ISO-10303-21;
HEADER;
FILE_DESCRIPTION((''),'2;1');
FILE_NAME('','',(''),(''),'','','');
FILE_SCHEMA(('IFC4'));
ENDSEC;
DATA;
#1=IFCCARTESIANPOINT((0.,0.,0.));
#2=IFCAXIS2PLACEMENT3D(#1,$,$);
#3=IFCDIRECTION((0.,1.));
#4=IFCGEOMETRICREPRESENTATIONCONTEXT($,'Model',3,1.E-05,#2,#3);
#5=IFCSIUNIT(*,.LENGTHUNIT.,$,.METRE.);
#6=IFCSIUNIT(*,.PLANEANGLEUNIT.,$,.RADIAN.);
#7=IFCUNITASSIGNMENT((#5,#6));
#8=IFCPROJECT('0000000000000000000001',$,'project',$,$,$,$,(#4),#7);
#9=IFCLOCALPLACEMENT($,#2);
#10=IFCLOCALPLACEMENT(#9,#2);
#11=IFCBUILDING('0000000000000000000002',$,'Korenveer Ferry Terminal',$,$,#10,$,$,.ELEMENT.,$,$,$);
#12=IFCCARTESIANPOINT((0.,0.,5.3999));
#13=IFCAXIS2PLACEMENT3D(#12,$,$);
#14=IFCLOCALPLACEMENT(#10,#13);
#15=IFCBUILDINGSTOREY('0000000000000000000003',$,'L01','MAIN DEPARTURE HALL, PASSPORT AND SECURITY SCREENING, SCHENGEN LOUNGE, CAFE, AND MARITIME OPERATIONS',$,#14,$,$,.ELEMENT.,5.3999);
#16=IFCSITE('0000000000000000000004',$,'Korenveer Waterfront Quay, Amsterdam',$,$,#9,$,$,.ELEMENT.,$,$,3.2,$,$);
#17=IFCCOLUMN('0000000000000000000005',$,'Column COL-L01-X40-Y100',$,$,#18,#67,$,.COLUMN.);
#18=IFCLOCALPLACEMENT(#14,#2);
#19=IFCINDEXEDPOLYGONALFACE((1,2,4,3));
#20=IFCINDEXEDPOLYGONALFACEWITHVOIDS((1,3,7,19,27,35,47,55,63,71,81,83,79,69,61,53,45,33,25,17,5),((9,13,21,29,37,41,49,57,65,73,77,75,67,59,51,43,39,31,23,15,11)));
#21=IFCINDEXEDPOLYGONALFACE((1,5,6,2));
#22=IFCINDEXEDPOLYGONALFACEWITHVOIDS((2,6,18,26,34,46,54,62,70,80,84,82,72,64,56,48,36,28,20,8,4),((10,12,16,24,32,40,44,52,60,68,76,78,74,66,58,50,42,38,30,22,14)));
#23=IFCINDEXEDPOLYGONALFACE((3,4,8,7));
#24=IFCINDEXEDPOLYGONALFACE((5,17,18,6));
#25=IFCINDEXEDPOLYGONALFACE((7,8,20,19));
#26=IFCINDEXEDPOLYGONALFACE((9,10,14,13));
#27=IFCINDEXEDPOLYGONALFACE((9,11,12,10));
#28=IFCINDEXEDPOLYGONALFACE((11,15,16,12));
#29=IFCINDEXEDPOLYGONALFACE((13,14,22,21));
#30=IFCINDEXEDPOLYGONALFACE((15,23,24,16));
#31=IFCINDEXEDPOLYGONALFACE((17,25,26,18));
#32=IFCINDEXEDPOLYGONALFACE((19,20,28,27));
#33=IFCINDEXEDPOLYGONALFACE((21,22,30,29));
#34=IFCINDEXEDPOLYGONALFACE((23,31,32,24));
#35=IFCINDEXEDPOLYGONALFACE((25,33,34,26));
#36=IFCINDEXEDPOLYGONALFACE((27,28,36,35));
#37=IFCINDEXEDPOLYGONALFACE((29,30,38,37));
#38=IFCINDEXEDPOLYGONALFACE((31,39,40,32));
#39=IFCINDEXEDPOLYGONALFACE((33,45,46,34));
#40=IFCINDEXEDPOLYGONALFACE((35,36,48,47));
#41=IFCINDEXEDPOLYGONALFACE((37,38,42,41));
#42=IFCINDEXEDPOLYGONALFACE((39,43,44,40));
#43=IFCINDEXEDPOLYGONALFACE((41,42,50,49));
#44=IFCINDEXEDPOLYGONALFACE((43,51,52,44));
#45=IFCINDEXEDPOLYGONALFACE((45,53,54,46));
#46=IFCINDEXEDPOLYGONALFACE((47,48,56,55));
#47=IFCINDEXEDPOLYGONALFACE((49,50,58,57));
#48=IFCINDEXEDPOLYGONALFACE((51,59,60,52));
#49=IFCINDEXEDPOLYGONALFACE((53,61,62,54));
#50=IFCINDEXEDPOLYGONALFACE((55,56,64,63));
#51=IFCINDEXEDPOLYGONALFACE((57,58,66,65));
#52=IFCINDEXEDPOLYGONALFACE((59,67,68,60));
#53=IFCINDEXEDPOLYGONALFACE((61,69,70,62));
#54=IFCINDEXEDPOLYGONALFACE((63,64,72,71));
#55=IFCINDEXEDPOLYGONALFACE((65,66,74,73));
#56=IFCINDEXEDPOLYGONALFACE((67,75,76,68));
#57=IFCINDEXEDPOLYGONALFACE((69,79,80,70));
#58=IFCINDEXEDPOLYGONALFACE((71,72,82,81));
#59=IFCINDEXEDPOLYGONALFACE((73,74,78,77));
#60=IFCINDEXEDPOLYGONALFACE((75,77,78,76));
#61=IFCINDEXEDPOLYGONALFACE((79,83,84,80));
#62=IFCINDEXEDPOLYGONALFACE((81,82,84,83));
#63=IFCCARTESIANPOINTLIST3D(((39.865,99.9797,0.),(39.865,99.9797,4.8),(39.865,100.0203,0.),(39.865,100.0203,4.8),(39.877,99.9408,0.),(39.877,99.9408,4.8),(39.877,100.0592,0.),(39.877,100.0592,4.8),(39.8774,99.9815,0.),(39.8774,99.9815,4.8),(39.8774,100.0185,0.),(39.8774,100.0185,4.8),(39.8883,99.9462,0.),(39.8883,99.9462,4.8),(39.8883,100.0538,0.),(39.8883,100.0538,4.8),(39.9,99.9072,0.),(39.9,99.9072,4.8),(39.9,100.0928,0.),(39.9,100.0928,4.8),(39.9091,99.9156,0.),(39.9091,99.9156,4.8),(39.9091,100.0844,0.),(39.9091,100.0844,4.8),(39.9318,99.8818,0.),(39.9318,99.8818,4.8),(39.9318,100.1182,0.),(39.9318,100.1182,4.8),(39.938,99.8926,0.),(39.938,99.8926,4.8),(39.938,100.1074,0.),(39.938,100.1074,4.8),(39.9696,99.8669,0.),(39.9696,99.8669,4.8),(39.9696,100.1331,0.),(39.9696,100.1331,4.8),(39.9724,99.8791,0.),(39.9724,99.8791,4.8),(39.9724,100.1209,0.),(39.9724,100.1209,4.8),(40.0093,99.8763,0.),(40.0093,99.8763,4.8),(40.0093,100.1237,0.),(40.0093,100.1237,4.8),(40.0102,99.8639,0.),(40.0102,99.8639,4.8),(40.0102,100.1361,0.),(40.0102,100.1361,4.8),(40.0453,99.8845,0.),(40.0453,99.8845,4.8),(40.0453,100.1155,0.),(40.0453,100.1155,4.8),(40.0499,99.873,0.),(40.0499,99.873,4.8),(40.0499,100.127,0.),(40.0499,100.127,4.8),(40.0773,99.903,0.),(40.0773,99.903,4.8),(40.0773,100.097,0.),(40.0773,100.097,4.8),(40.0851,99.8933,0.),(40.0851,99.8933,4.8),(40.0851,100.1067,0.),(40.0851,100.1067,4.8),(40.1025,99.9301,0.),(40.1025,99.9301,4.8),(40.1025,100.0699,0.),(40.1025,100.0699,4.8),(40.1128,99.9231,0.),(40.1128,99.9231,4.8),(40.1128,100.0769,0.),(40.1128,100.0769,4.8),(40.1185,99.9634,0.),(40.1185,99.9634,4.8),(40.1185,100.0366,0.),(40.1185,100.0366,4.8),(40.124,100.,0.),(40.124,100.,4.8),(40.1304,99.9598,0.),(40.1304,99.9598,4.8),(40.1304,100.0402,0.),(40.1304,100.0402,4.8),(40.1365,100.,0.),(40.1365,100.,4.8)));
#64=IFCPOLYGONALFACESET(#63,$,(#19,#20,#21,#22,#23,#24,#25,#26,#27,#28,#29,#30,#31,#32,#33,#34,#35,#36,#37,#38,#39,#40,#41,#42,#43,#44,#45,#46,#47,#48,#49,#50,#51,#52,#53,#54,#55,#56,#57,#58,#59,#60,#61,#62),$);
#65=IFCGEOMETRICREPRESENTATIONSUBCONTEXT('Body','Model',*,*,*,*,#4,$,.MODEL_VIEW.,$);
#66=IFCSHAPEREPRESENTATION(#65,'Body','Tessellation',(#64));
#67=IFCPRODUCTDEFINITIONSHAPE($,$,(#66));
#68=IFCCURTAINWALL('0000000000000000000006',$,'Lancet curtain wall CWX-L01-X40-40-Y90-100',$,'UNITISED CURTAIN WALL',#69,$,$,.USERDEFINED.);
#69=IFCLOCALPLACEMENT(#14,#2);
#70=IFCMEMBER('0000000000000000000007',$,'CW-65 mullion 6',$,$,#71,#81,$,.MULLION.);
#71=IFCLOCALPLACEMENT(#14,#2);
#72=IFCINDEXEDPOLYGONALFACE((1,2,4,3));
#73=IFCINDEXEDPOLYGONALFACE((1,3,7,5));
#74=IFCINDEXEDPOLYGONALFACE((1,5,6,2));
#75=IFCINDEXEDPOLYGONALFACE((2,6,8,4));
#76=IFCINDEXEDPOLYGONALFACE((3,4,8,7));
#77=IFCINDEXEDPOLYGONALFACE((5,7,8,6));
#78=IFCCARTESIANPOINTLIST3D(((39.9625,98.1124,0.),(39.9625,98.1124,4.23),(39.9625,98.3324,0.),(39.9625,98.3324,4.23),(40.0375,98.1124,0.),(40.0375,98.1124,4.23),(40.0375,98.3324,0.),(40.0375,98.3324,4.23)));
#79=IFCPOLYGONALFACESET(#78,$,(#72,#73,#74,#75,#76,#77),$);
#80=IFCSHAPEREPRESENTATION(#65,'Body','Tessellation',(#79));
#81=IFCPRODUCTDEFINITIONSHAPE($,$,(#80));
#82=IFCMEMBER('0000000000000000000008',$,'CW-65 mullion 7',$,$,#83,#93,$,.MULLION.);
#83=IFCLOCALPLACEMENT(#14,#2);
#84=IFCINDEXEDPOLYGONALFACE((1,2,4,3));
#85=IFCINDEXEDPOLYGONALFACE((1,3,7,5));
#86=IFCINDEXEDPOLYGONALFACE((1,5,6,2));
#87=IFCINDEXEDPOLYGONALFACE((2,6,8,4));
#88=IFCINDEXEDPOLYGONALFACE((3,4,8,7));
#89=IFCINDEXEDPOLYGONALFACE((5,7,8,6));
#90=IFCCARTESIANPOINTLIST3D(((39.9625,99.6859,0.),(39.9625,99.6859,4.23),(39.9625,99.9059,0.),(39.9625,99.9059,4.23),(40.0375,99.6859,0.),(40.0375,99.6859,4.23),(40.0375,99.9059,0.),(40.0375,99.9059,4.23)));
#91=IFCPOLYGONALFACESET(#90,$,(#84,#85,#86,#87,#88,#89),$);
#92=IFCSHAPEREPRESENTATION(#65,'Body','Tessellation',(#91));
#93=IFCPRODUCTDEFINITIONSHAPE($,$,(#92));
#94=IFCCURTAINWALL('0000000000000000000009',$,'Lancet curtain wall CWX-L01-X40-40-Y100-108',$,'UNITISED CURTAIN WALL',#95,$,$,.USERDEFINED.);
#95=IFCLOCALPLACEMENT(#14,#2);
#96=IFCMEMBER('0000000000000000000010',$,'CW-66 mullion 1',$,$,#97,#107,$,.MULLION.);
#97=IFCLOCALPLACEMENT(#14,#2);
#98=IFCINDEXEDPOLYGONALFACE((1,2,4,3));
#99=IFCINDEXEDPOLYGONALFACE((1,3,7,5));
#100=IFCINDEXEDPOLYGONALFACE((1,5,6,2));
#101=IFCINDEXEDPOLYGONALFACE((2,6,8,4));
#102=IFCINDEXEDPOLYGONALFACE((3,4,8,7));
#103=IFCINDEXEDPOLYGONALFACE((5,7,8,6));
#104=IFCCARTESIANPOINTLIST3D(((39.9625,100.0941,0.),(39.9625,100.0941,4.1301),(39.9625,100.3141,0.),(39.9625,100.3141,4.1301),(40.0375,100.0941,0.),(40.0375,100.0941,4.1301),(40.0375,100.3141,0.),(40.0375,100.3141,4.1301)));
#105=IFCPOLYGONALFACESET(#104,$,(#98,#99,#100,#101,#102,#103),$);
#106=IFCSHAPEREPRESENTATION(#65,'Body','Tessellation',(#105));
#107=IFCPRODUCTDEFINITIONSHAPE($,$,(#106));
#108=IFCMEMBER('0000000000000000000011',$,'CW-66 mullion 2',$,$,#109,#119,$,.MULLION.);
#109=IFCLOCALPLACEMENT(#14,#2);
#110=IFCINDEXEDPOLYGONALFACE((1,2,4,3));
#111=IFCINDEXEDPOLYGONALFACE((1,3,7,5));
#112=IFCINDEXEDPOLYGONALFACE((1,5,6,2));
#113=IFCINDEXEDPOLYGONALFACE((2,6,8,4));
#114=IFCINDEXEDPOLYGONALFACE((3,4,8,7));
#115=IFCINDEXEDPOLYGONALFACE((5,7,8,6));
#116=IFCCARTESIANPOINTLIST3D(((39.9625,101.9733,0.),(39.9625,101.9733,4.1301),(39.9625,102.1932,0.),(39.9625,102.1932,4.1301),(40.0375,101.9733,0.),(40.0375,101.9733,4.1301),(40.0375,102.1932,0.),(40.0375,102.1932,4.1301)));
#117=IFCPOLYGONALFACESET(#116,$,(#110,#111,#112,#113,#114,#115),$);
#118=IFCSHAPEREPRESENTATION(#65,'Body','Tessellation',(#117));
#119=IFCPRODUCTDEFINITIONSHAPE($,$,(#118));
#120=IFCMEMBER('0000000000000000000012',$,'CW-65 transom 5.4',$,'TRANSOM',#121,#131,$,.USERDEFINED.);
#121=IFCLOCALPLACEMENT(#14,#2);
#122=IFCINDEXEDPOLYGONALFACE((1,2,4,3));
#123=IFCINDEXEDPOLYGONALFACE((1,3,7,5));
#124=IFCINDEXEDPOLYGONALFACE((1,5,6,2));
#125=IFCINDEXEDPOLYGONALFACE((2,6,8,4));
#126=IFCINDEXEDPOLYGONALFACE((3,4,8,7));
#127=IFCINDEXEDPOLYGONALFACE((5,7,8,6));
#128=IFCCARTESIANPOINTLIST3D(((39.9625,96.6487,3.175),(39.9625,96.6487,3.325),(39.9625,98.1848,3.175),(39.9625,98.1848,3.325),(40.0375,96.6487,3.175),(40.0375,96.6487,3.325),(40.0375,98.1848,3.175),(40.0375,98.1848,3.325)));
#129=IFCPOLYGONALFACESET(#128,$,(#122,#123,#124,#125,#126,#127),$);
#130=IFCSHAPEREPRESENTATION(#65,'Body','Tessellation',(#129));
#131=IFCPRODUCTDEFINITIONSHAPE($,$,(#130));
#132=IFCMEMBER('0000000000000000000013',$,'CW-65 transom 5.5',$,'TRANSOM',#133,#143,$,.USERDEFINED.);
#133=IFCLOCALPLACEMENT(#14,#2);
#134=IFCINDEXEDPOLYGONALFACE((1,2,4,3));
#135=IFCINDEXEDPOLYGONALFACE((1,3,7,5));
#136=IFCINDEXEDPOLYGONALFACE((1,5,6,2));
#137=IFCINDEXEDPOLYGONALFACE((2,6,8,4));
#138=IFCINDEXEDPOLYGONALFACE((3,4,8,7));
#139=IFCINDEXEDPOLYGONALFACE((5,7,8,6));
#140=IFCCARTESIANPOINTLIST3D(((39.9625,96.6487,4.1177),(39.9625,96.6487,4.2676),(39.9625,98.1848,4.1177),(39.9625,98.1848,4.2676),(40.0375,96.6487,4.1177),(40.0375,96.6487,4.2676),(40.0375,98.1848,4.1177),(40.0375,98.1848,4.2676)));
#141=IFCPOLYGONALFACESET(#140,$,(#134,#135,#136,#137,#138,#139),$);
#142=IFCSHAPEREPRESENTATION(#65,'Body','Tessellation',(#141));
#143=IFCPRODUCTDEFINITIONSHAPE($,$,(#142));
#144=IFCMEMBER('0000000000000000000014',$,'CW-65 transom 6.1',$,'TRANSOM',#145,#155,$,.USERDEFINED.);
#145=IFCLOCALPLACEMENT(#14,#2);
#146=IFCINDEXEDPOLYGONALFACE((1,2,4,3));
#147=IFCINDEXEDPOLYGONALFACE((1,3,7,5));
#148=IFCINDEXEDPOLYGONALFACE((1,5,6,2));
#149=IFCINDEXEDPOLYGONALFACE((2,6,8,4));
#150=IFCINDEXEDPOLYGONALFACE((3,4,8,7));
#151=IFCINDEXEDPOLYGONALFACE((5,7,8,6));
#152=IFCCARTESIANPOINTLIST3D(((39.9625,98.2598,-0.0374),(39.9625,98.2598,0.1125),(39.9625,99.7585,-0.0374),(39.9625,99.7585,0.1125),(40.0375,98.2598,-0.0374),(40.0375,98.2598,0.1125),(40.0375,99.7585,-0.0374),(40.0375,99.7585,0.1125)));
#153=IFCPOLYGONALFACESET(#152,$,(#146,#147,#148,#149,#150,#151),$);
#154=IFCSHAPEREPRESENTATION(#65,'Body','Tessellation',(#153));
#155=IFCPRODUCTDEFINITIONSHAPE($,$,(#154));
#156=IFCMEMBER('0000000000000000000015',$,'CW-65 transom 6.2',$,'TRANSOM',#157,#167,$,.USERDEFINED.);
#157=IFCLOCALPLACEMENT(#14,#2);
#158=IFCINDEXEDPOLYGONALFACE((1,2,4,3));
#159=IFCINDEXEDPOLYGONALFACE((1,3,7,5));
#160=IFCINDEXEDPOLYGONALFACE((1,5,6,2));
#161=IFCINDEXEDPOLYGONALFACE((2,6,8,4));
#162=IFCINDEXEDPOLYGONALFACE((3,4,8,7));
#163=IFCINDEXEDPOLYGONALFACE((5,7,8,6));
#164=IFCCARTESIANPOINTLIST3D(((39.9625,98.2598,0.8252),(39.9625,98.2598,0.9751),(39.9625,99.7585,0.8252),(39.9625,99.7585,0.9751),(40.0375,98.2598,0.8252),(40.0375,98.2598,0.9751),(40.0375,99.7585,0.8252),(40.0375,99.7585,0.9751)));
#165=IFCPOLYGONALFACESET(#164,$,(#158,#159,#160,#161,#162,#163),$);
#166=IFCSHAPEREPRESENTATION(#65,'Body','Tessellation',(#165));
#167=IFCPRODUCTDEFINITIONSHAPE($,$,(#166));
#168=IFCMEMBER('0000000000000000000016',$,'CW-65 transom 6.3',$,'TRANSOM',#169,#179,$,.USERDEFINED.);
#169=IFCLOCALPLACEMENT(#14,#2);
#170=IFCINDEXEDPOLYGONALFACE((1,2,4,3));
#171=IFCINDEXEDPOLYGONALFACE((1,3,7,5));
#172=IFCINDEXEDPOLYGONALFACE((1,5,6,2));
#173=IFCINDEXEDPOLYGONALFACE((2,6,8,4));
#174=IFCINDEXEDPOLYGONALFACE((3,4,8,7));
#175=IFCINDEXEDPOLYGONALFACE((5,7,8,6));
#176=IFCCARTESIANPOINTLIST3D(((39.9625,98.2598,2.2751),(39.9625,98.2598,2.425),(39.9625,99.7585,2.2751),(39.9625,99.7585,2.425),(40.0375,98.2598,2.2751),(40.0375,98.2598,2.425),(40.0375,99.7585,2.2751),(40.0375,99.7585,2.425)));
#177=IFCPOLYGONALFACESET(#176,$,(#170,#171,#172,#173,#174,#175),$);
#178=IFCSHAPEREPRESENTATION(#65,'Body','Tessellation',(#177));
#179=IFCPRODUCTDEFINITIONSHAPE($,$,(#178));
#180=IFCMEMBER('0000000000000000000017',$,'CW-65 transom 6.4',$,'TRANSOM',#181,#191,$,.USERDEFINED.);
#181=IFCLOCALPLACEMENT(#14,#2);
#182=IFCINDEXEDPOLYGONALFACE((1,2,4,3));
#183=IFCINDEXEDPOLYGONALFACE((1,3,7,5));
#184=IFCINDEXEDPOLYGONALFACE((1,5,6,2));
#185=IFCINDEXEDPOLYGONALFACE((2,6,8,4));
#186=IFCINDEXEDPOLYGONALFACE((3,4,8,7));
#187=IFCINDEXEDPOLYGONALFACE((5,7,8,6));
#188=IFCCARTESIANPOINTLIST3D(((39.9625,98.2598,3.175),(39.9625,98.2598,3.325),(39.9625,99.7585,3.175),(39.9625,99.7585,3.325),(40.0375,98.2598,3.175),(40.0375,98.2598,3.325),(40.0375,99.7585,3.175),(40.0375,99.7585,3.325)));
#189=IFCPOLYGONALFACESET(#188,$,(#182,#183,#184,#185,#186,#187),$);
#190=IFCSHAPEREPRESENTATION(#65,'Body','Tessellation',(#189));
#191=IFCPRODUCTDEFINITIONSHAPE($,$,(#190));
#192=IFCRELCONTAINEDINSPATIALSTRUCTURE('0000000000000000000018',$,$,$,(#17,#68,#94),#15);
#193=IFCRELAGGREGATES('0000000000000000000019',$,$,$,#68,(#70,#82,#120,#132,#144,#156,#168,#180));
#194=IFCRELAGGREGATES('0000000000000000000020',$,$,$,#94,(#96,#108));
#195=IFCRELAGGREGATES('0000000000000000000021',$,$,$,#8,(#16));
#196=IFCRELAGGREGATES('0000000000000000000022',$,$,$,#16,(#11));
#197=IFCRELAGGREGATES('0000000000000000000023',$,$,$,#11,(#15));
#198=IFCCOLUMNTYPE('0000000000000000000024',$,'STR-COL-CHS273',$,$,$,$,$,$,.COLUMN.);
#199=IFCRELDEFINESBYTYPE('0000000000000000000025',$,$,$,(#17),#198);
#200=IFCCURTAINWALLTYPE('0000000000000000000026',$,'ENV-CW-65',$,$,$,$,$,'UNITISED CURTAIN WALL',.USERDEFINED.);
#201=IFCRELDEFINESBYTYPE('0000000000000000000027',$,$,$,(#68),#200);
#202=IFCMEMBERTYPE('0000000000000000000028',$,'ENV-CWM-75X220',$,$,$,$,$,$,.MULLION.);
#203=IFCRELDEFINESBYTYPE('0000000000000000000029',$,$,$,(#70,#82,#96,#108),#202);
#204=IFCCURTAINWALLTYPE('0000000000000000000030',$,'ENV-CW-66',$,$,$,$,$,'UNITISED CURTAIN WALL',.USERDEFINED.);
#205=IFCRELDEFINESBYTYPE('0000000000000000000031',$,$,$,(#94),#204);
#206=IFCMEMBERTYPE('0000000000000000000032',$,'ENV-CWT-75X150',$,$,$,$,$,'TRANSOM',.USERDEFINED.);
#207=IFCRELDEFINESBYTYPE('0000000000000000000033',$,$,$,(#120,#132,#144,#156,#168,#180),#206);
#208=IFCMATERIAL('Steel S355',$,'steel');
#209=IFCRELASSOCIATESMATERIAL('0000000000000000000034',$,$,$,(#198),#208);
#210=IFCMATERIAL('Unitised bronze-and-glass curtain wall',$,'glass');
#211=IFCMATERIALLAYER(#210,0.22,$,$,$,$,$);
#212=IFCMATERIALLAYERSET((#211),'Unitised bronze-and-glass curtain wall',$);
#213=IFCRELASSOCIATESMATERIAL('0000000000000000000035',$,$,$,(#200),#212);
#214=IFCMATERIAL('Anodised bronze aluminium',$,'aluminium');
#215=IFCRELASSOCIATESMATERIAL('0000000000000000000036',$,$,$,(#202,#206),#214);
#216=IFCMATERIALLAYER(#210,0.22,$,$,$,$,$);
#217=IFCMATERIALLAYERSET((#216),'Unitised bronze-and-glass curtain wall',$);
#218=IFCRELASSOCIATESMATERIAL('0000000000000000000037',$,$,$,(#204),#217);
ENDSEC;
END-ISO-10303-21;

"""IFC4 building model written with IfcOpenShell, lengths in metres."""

from ifc_helpers import new_model, si_unit, direction, frame, origin, origin_2d, place, context, subcontext, project, spatial, rectangle, hollow_circle, extrude, material, layer, layer_set, material_profile, profile_set, type_object, element, aggregate, save


model = new_model("IFC4")

# Units and contexts
model_context = context("Model", 3, precision=1e-05, world=origin(), true_north=direction((0.0, 1.0)))
body_context = subcontext(model_context, "Body", "Model", "MODEL_VIEW")
ifc_project = project(units=[si_unit("LENGTHUNIT", "METRE"), si_unit("PLANEANGLEUNIT", "RADIAN")], contexts=[model_context])

# Site, building, storey
site_placement = place(None, origin())
site = spatial("IfcSite", under=ifc_project, at=site_placement, Name="Korenveer Waterfront Quay, Amsterdam", CompositionType="ELEMENT", RefElevation=3.2)
building_placement = place(site_placement, origin())
building = spatial("IfcBuilding", under=site, at=building_placement, Name="Korenveer Ferry Terminal", CompositionType="ELEMENT")
storey_placement = place(building_placement, frame((0.0, 0.0, 5.3999)))
storey = spatial("IfcBuildingStorey", under=building, at=storey_placement, Name="L01", Description="MAIN DEPARTURE HALL, PASSPORT AND SECURITY SCREENING, SCHENGEN LOUNGE, CAFE, AND MARITIME OPERATIONS", CompositionType="ELEMENT", Elevation=5.3999)

# Column
ifc_material_1 = material(Name="Steel S355", Category="steel")
ifc_material_profile_1 = material_profile(ifc_material_1, hollow_circle(Radius=0.1365, WallThickness=0.0125, at=origin_2d()), Name="CHS 273x12.5")
ifc_profile_set_1 = profile_set([ifc_material_profile_1], Name="Steel S355")
column_type = type_object("IfcColumnType", Name="STR-COL-CHS273", PredefinedType="COLUMN", material=ifc_profile_set_1)
column_placement = place(storey_placement, frame((40.0, 100.0, 0.0), z_axis=(0.0, 0.0, 1.0), x_axis=(1.0, 0.0, 0.0)))
element("IfcColumn", 1, at=column_placement, inside=storey, type_object=column_type, Name="Column COL-L01-X40-Y100", PredefinedType="COLUMN", context=body_context, shape_type="SweptSolid", body=[
    extrude(hollow_circle(Radius=0.1365, WallThickness=0.0125, at=origin_2d()), origin(), (0.0, 0.0, 1.0), 4.8),
])

# Curtain walls, members
ifc_material_2 = material(Name="Unitised bronze-and-glass curtain wall", Category="glass")
ifc_layer_1 = layer(ifc_material_2, 0.22)
ifc_layer_set_1 = layer_set([ifc_layer_1], Name="Unitised bronze-and-glass curtain wall")
curtain_wall_type_1 = type_object("IfcCurtainWallType", Name="ENV-CW-65", ElementType="UNITISED CURTAIN WALL", PredefinedType="USERDEFINED", material=ifc_layer_set_1)
curtain_wall_1_placement = place(storey_placement, frame((40.0, 90.1665, 0.0)))
curtain_wall_1 = element("IfcCurtainWall", 2, at=curtain_wall_1_placement, inside=storey, type_object=curtain_wall_type_1, Name="Lancet curtain wall CWX-L01-X40-40-Y90-100", ObjectType="UNITISED CURTAIN WALL", PredefinedType="USERDEFINED")
ifc_material_3 = material(Name="Anodised bronze aluminium", Category="aluminium")
ifc_material_profile_2 = material_profile(ifc_material_3, rectangle(XDim=0.075, YDim=0.22, at=origin_2d()), Name="ALU 75x220")
ifc_profile_set_2 = profile_set([ifc_material_profile_2], Name="Anodised bronze aluminium")
member_type_1 = type_object("IfcMemberType", Name="ENV-CWM-75X220", PredefinedType="MULLION", material=ifc_profile_set_2)
member_1_placement = place(storey_placement, frame((40.0, 98.2224, 0.0), z_axis=(0.0, 0.0, 1.0), x_axis=(-1.0, 0.0, 0.0)))
member_1 = element("IfcMember", 3, at=member_1_placement, type_object=member_type_1, Name="CW-65 mullion 6", PredefinedType="MULLION", context=body_context, shape_type="SweptSolid", body=[
    extrude(rectangle(XDim=0.075, YDim=0.22, at=origin_2d()), origin(), (0.0, 0.0, 1.0), 4.23),
])
member_2_placement = place(storey_placement, frame((40.0, 99.7959, 0.0), z_axis=(0.0, 0.0, 1.0), x_axis=(-1.0, 0.0, 0.0)))
member_2 = element("IfcMember", 4, at=member_2_placement, type_object=member_type_1, Name="CW-65 mullion 7", PredefinedType="MULLION", context=body_context, shape_type="SweptSolid", body=[
    extrude(rectangle(XDim=0.075, YDim=0.22, at=origin_2d()), origin(), (0.0, 0.0, 1.0), 4.23),
])
ifc_layer_2 = layer(ifc_material_2, 0.22)
ifc_layer_set_2 = layer_set([ifc_layer_2], Name="Unitised bronze-and-glass curtain wall")
curtain_wall_type_2 = type_object("IfcCurtainWallType", Name="ENV-CW-66", ElementType="UNITISED CURTAIN WALL", PredefinedType="USERDEFINED", material=ifc_layer_set_2)
curtain_wall_2_placement = place(storey_placement, frame((40.0, 100.1665, 0.0)))
curtain_wall_2 = element("IfcCurtainWall", 5, at=curtain_wall_2_placement, inside=storey, type_object=curtain_wall_type_2, Name="Lancet curtain wall CWX-L01-X40-40-Y100-108", ObjectType="UNITISED CURTAIN WALL", PredefinedType="USERDEFINED")
member_3_placement = place(storey_placement, frame((40.0, 100.2041, 0.0), z_axis=(0.0, 0.0, 1.0), x_axis=(-1.0, 0.0, 0.0)))
member_3 = element("IfcMember", 6, at=member_3_placement, type_object=member_type_1, Name="CW-66 mullion 1", PredefinedType="MULLION", context=body_context, shape_type="SweptSolid", body=[
    extrude(rectangle(XDim=0.075, YDim=0.22, at=origin_2d()), origin(), (0.0, 0.0, 1.0), 4.1301),
])
member_4_placement = place(storey_placement, frame((40.0, 102.0833, 0.0), z_axis=(0.0, 0.0, 1.0), x_axis=(-1.0, 0.0, 0.0)))
member_4 = element("IfcMember", 7, at=member_4_placement, type_object=member_type_1, Name="CW-66 mullion 2", PredefinedType="MULLION", context=body_context, shape_type="SweptSolid", body=[
    extrude(rectangle(XDim=0.075, YDim=0.22, at=origin_2d()), origin(), (0.0, 0.0, 1.0), 4.1301),
])

# Members
ifc_material_profile_3 = material_profile(ifc_material_3, rectangle(XDim=0.075, YDim=0.1499, at=origin_2d()), Name="ALU 75x150")
ifc_profile_set_3 = profile_set([ifc_material_profile_3], Name="Anodised bronze aluminium")
member_type_2 = type_object("IfcMemberType", Name="ENV-CWT-75X150", ElementType="TRANSOM", PredefinedType="USERDEFINED", material=ifc_profile_set_3)
member_5_placement = place(storey_placement, frame((40.0, 96.6487, 3.25), z_axis=(0.0, 1.0, 0.0), x_axis=(-1.0, 0.0, 0.0)))
member_5 = element("IfcMember", 8, at=member_5_placement, type_object=member_type_2, Name="CW-65 transom 5.4", ObjectType="TRANSOM", PredefinedType="USERDEFINED", context=body_context, shape_type="SweptSolid", body=[
    extrude(rectangle(XDim=0.075, YDim=0.1499, at=origin_2d()), origin(), (0.0, 0.0, 1.0), 1.5361),
])
member_6_placement = place(storey_placement, frame((40.0, 96.6487, 4.1926), z_axis=(0.0, 1.0, 0.0), x_axis=(-1.0, 0.0, 0.0)))
member_6 = element("IfcMember", 9, at=member_6_placement, type_object=member_type_2, Name="CW-65 transom 5.5", ObjectType="TRANSOM", PredefinedType="USERDEFINED", context=body_context, shape_type="SweptSolid", body=[
    extrude(rectangle(XDim=0.075, YDim=0.1499, at=origin_2d()), origin(), (0.0, 0.0, 1.0), 1.5361),
])
member_7_placement = place(storey_placement, frame((40.0, 98.2598, 0.0376), z_axis=(0.0, 1.0, 0.0), x_axis=(-1.0, 0.0, 0.0)))
member_7 = element("IfcMember", 10, at=member_7_placement, type_object=member_type_2, Name="CW-65 transom 6.1", ObjectType="TRANSOM", PredefinedType="USERDEFINED", context=body_context, shape_type="SweptSolid", body=[
    extrude(rectangle(XDim=0.075, YDim=0.1499, at=origin_2d()), origin(), (0.0, 0.0, 1.0), 1.4988),
])
member_8_placement = place(storey_placement, frame((40.0, 98.2598, 0.9001), z_axis=(0.0, 1.0, 0.0), x_axis=(-1.0, 0.0, 0.0)))
member_8 = element("IfcMember", 11, at=member_8_placement, type_object=member_type_2, Name="CW-65 transom 6.2", ObjectType="TRANSOM", PredefinedType="USERDEFINED", context=body_context, shape_type="SweptSolid", body=[
    extrude(rectangle(XDim=0.075, YDim=0.1499, at=origin_2d()), origin(), (0.0, 0.0, 1.0), 1.4988),
])
member_9_placement = place(storey_placement, frame((40.0, 98.2598, 2.3501), z_axis=(0.0, 1.0, 0.0), x_axis=(-1.0, 0.0, 0.0)))
member_9 = element("IfcMember", 12, at=member_9_placement, type_object=member_type_2, Name="CW-65 transom 6.3", ObjectType="TRANSOM", PredefinedType="USERDEFINED", context=body_context, shape_type="SweptSolid", body=[
    extrude(rectangle(XDim=0.075, YDim=0.1499, at=origin_2d()), origin(), (0.0, 0.0, 1.0), 1.4988),
])
member_10_placement = place(storey_placement, frame((40.0, 98.2598, 3.25), z_axis=(0.0, 1.0, 0.0), x_axis=(-1.0, 0.0, 0.0)))
member_10 = element("IfcMember", 13, at=member_10_placement, type_object=member_type_2, Name="CW-65 transom 6.4", ObjectType="TRANSOM", PredefinedType="USERDEFINED", context=body_context, shape_type="SweptSolid", body=[
    extrude(rectangle(XDim=0.075, YDim=0.1499, at=origin_2d()), origin(), (0.0, 0.0, 1.0), 1.4988),
])

aggregate(curtain_wall_1, [member_1, member_2, member_5, member_6, member_7, member_8, member_9, member_10])
aggregate(curtain_wall_2, [member_3, member_4])

save(model, "model.ifc")
